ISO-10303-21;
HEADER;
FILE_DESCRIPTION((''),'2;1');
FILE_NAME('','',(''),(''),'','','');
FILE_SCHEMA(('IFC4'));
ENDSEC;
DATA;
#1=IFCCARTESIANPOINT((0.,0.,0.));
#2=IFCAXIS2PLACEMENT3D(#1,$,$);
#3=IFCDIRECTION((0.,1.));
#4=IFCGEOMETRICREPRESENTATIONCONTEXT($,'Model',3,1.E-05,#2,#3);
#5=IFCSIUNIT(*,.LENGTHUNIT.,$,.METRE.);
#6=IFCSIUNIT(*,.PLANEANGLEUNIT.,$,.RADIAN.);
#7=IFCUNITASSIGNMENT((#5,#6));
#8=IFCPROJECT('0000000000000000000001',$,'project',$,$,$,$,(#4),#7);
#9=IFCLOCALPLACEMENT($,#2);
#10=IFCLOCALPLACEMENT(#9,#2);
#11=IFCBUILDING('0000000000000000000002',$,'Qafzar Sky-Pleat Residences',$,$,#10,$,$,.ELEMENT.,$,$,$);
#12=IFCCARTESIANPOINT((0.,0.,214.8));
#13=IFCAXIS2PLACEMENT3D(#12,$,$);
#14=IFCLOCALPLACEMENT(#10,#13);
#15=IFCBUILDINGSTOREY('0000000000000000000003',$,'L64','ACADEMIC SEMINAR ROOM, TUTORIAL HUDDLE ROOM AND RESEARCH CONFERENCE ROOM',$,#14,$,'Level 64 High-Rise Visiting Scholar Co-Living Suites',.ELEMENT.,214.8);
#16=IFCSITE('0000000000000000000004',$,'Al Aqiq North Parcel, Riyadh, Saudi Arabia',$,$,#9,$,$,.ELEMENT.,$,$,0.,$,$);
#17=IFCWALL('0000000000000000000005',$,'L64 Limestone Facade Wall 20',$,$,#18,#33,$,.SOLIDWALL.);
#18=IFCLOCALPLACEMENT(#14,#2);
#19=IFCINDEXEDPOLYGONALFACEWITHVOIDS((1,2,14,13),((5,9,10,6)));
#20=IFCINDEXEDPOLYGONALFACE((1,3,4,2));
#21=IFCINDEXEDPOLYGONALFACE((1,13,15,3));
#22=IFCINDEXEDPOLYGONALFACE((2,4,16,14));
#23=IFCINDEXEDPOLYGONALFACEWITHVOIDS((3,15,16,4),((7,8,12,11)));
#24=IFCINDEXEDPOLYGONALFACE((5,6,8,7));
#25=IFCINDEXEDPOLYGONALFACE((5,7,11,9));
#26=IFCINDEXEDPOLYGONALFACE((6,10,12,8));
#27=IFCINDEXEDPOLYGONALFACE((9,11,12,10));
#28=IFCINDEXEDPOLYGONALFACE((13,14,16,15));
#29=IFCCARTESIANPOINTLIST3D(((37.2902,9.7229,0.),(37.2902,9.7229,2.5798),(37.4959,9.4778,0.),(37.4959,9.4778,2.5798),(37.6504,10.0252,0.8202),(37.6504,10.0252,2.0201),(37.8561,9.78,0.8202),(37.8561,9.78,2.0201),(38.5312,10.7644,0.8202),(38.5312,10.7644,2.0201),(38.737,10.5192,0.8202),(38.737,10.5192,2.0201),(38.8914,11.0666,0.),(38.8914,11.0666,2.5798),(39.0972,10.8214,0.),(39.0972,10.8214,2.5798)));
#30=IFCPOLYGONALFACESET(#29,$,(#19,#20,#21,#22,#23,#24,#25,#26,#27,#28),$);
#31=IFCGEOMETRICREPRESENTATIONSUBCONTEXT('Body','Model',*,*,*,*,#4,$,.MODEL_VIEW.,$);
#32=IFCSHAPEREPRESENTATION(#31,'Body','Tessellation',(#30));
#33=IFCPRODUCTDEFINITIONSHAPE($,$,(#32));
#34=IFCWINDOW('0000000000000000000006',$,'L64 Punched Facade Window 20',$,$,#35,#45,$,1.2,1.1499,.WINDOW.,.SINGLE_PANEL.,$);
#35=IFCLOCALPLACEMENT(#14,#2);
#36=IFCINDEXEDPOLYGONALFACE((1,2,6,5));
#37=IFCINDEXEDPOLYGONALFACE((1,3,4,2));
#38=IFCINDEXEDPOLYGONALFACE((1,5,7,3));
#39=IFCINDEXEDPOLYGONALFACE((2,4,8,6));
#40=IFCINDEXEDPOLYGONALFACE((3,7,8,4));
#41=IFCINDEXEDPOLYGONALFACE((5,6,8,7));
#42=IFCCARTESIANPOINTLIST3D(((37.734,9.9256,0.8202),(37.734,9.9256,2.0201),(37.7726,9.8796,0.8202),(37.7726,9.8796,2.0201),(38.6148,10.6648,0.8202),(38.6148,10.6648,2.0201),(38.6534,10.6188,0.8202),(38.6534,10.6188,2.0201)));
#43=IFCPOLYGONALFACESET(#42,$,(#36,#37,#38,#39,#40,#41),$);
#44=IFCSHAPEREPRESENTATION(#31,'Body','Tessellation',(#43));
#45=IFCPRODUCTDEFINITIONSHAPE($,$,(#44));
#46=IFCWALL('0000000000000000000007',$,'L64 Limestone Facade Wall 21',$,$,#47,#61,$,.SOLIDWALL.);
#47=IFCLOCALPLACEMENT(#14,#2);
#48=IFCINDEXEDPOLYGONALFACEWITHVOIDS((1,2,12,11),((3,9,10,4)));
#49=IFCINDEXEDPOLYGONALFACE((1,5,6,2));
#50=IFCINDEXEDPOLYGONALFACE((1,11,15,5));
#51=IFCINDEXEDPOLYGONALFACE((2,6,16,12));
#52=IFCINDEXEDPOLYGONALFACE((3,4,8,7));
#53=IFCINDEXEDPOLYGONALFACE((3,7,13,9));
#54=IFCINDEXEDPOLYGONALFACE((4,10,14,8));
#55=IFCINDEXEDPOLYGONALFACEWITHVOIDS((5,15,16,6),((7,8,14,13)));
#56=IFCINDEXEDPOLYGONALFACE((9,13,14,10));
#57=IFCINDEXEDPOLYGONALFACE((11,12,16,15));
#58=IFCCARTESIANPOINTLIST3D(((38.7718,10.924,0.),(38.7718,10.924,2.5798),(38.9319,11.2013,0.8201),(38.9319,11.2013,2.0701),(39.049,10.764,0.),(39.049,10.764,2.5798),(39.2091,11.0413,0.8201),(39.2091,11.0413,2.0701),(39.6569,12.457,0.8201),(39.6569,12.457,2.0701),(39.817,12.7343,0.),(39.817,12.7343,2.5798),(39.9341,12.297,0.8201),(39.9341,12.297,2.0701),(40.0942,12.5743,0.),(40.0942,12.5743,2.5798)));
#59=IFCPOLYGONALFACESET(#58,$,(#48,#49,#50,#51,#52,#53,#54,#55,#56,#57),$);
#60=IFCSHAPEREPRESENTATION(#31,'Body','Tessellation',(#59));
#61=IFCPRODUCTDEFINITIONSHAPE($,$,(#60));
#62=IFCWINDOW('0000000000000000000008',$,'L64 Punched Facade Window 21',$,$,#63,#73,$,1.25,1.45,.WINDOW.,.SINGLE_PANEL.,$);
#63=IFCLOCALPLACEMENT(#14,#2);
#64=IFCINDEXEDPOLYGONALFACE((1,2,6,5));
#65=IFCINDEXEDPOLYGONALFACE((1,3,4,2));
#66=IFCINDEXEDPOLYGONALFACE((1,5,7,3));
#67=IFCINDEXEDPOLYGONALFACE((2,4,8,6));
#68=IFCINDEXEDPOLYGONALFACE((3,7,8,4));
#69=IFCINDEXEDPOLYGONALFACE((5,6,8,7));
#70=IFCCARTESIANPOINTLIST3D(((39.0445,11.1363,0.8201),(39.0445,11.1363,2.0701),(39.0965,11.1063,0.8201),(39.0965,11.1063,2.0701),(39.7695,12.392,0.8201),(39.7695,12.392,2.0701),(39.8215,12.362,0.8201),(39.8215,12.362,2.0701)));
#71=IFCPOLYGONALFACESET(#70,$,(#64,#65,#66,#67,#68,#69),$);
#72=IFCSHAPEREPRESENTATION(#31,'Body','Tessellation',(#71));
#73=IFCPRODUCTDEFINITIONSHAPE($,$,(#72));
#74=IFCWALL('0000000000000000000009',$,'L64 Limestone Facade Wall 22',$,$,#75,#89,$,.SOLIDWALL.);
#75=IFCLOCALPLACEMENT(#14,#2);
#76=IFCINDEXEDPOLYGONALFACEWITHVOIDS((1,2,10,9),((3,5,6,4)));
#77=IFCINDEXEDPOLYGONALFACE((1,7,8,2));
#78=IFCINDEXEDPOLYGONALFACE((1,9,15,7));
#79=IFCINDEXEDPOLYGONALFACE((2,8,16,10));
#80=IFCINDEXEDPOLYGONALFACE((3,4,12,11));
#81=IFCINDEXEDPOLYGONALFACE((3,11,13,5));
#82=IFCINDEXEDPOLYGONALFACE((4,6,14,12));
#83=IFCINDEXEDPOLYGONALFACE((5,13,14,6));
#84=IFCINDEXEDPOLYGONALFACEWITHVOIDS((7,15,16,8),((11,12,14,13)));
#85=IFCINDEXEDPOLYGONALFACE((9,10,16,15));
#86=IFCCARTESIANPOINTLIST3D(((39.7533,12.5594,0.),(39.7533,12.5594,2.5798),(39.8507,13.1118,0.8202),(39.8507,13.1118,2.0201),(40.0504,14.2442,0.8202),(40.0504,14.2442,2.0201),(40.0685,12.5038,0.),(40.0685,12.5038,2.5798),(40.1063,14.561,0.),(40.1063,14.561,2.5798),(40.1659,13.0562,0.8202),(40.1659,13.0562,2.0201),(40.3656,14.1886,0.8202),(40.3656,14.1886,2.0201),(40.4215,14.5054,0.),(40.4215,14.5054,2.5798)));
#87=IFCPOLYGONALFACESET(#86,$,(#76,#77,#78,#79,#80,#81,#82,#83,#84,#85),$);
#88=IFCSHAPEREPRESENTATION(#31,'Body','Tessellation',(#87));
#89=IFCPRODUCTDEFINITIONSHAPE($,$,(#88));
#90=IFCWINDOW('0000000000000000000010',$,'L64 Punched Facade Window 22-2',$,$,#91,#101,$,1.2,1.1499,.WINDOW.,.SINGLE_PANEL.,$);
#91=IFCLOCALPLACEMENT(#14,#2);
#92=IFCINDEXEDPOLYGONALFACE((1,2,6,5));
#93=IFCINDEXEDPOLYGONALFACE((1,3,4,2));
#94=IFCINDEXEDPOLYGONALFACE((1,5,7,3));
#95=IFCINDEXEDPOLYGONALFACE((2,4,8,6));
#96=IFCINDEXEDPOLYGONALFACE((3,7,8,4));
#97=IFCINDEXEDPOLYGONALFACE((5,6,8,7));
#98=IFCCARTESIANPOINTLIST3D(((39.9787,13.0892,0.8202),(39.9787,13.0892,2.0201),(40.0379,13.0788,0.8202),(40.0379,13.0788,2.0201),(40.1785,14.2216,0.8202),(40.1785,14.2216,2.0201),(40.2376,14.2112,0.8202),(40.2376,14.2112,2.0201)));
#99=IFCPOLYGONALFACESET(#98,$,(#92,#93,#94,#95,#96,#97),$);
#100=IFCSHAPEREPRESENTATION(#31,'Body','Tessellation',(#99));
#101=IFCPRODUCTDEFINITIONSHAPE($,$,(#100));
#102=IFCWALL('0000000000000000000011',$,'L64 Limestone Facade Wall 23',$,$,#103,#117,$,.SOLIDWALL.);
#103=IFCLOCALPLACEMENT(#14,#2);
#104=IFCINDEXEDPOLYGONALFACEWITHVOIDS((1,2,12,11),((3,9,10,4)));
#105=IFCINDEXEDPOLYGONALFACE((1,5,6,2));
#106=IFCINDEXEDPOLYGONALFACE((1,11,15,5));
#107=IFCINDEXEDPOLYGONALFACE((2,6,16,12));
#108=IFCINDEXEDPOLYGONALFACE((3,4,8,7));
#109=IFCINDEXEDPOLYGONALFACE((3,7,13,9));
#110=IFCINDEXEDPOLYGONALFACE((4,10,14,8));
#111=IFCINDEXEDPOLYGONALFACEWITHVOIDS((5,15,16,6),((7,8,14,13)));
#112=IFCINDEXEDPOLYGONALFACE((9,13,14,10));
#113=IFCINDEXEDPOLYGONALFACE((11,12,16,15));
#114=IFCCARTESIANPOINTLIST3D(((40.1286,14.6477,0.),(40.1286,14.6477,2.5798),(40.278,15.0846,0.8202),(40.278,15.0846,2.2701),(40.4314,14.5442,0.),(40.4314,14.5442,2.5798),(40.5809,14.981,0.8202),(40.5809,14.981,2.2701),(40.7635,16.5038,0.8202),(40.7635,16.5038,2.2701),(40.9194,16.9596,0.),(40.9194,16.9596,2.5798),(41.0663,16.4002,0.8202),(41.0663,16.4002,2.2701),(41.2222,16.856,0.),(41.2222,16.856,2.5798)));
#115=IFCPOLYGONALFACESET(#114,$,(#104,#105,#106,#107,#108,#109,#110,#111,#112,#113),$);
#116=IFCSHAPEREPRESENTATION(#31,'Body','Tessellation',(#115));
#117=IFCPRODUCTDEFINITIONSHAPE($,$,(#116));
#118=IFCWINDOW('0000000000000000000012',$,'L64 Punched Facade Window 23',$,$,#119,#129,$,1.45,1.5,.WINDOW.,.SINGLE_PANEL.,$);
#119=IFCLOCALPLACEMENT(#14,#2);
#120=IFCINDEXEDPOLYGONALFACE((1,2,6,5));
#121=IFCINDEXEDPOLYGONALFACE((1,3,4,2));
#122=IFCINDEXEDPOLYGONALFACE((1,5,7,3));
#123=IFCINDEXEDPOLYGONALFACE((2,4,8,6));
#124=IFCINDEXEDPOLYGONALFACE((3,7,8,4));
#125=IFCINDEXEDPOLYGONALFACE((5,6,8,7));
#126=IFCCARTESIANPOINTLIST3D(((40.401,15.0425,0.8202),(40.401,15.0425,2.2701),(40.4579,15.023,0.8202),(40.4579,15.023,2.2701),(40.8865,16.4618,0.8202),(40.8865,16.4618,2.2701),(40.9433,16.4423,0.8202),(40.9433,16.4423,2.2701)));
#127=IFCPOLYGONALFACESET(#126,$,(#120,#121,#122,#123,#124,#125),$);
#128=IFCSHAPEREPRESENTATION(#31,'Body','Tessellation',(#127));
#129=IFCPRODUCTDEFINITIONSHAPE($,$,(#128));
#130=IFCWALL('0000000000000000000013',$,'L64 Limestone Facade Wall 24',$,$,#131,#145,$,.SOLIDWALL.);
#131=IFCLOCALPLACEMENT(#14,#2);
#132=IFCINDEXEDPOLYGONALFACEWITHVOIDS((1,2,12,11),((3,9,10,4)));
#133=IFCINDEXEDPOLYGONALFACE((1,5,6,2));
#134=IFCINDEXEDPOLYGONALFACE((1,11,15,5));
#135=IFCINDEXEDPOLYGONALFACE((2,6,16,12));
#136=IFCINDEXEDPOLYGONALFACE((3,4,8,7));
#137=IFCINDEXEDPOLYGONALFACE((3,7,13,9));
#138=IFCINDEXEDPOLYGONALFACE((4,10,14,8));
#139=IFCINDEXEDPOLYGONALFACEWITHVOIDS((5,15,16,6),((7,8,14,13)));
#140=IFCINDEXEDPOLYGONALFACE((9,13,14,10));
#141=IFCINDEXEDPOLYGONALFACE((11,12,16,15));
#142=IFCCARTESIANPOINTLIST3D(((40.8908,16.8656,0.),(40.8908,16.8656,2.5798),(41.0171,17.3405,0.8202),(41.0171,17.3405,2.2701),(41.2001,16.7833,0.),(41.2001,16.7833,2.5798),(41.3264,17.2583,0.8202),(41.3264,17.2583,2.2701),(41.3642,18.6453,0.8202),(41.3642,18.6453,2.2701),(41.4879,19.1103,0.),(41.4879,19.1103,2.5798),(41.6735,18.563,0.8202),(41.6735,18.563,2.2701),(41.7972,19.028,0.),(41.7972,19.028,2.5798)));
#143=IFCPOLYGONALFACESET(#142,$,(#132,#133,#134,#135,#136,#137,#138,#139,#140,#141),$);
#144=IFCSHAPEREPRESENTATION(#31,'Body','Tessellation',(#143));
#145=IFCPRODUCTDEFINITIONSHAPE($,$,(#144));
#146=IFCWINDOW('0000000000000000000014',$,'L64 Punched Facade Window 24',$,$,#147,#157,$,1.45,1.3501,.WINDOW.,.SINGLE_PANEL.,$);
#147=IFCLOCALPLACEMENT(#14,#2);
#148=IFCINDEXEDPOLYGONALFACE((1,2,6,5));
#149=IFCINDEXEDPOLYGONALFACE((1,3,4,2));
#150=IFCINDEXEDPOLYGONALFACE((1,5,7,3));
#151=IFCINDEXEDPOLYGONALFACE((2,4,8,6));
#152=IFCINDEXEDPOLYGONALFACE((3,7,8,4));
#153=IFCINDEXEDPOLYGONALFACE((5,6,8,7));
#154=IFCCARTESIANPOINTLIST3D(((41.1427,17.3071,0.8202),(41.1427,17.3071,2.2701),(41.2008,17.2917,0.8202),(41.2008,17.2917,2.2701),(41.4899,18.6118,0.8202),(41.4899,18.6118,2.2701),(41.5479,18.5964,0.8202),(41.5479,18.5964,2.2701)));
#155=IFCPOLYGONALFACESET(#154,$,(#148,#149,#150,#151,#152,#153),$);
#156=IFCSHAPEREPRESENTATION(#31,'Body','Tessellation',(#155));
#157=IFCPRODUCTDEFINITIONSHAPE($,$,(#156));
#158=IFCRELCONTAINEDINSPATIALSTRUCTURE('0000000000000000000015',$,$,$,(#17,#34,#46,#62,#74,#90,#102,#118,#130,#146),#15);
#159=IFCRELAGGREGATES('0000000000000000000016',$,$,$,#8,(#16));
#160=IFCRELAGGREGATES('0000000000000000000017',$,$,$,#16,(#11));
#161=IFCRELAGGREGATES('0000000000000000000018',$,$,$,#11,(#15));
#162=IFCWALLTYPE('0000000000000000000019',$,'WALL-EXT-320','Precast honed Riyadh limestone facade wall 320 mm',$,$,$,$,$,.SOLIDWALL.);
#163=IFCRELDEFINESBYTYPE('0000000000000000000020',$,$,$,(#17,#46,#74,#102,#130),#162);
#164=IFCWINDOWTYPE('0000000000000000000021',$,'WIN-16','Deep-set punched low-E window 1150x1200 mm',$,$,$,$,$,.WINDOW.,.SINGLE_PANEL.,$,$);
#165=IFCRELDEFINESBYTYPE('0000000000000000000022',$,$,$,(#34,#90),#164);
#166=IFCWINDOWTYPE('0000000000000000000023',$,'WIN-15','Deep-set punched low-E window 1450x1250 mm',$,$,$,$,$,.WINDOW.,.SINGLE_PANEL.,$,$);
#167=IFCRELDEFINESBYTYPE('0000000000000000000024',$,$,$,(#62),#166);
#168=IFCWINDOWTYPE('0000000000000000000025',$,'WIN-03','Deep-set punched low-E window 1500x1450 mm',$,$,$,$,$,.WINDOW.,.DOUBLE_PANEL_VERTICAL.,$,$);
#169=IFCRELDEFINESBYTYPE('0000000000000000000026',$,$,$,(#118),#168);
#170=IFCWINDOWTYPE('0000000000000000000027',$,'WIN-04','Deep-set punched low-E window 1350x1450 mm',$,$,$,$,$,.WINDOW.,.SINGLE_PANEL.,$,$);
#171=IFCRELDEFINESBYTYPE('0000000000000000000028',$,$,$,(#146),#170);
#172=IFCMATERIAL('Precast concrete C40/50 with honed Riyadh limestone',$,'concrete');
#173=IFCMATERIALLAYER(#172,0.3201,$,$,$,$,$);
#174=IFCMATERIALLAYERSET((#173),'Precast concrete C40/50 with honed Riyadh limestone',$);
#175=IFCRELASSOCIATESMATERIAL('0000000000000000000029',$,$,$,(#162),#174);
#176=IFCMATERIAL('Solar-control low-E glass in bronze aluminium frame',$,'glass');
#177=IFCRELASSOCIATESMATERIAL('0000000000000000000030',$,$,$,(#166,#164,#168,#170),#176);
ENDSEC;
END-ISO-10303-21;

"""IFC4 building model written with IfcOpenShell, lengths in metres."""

from ifc_helpers import new_model, si_unit, direction, frame, frame_2d, origin, place, context, subcontext, project, spatial, rectangle, extrude, source, transform, mapped, material, layer, layer_set, type_object, element, fill, save


model = new_model("IFC4")

# Units and contexts
model_context = context("Model", 3, precision=1e-05, world=origin(), true_north=direction((0.0, 1.0)))
body_context = subcontext(model_context, "Body", "Model", "MODEL_VIEW")
ifc_project = project(units=[si_unit("LENGTHUNIT", "METRE"), si_unit("PLANEANGLEUNIT", "RADIAN")], contexts=[model_context])

# Site, building, storey
site_placement = place(None, origin())
site = spatial("IfcSite", under=ifc_project, at=site_placement, Name="Al Aqiq North Parcel, Riyadh, Saudi Arabia", CompositionType="ELEMENT", RefElevation=0.0)
building_placement = place(site_placement, origin())
building = spatial("IfcBuilding", under=site, at=building_placement, Name="Qafzar Sky-Pleat Residences", CompositionType="ELEMENT")
storey_placement = place(building_placement, frame((0.0, 0.0, 214.8)))
storey = spatial("IfcBuildingStorey", under=building, at=storey_placement, Name="L64", Description="ACADEMIC SEMINAR ROOM, TUTORIAL HUDDLE ROOM AND RESEARCH CONFERENCE ROOM", LongName="Level 64 High-Rise Visiting Scholar Co-Living Suites", CompositionType="ELEMENT", Elevation=214.8)

# Walls, openings, windows
ifc_material_1 = material(Name="Precast concrete C40/50 with honed Riyadh limestone", Category="concrete")
ifc_layer_1 = layer(ifc_material_1, 0.3201)
ifc_layer_set_1 = layer_set([ifc_layer_1], Name="Precast concrete C40/50 with honed Riyadh limestone")
wall_type_1 = type_object("IfcWallType", Name="WALL-EXT-320", Description="Precast honed Riyadh limestone facade wall 320 mm", PredefinedType="SOLIDWALL", material=ifc_layer_set_1)
ifc_material_2 = material(Name="Solar-control low-E glass in bronze aluminium frame", Category="glass")
window_type_1 = type_object("IfcWindowType", Name="WIN-15", Description="Deep-set punched low-E window 1450x1250 mm", PartitioningType="SINGLE_PANEL", PredefinedType="WINDOW", material=ifc_material_2)
shared_shape_1 = source(origin(), body_context, "Body", "SweptSolid", [
    extrude(rectangle(XDim=1.45, YDim=1.25, at=frame_2d((0.7251, 0.625))), frame((0.0, 0.03, 0.0), z_axis=(0.0, -1.0, 0.0), x_axis=(1.0, 0.0, 0.0)), (0.0, 0.0, 1.0), 0.0601),
])
wall_1_placement = place(storey_placement, frame((37.3931, 9.6003, 0.0), z_axis=(0.0, 0.0, 1.0), x_axis=(0.766025, 0.642811, 0.0)))
wall_1 = element("IfcWall", 1, at=wall_1_placement, inside=storey, type_object=wall_type_1, Name="L64 Limestone Facade Wall 20", PredefinedType="SOLIDWALL", context=body_context, shape_type="SweptSolid", body=[
    extrude(rectangle(XDim=2.0903, YDim=0.3201, at=frame_2d((1.0452, 0.0))), origin(), (0.0, 0.0, 1.0), 2.5798),
])
opening_1_placement = place(wall_1_placement, frame((0.4702, 0.0, 0.8201)))
opening_1 = element("IfcOpeningElement", 2, at=opening_1_placement, cuts=wall_1, PredefinedType="OPENING", context=body_context, shape_type="SweptSolid", body=[
    extrude(rectangle(XDim=1.1499, YDim=1.2, at=frame_2d((0.575, 0.6001))), frame((0.0, 0.1699, 0.0), z_axis=(0.0, -1.0, 0.0), x_axis=(1.0, 0.0, 0.0)), (0.0, 0.0, 1.0), 0.3401),
])
window_type_2 = type_object("IfcWindowType", Name="WIN-16", Description="Deep-set punched low-E window 1150x1200 mm", PartitioningType="SINGLE_PANEL", PredefinedType="WINDOW", material=ifc_material_2)
shared_shape_2 = source(origin(), body_context, "Body", "SweptSolid", [
    extrude(rectangle(XDim=1.1499, YDim=1.2, at=frame_2d((0.575, 0.6001))), frame((0.0, 0.03, 0.0), z_axis=(0.0, -1.0, 0.0), x_axis=(1.0, 0.0, 0.0)), (0.0, 0.0, 1.0), 0.0601),
])
window_1_placement = place(opening_1_placement, origin())
window_1 = element("IfcWindow", 3, at=window_1_placement, inside=storey, type_object=window_type_2, Name="L64 Punched Facade Window 20", OverallHeight=1.2, OverallWidth=1.1499, PartitioningType="SINGLE_PANEL", PredefinedType="WINDOW", context=body_context, shape_type="MappedRepresentation", body=[
    mapped(shared_shape_2, transform((0.0, 0.0, 0.0), x_axis=(1.0, 0.0, 0.0), y_axis=(0.0, 1.0, 0.0), z_axis=(0.0, 0.0, 1.0), scale=1.0)),
])
fill(opening_1, window_1)
wall_2_placement = place(storey_placement, frame((38.9104, 10.844, 0.0), z_axis=(0.0, 0.0, 1.0), x_axis=(0.499995, 0.866028, 0.0)))
wall_2 = element("IfcWall", 4, at=wall_2_placement, inside=storey, type_object=wall_type_1, Name="L64 Limestone Facade Wall 21", PredefinedType="SOLIDWALL", context=body_context, shape_type="SweptSolid", body=[
    extrude(rectangle(XDim=2.0903, YDim=0.3201, at=frame_2d((1.0452, 0.0))), origin(), (0.0, 0.0, 1.0), 2.5798),
])
opening_2_placement = place(wall_2_placement, frame((0.3201, 0.0, 0.8201)))
opening_2 = element("IfcOpeningElement", 5, at=opening_2_placement, cuts=wall_2, PredefinedType="OPENING", context=body_context, shape_type="SweptSolid", body=[
    extrude(rectangle(XDim=1.45, YDim=1.25, at=frame_2d((0.7251, 0.625))), frame((0.0, 0.1699, 0.0), z_axis=(0.0, -1.0, 0.0), x_axis=(1.0, 0.0, 0.0)), (0.0, 0.0, 1.0), 0.3401),
])
window_2_placement = place(opening_2_placement, origin())
window_2 = element("IfcWindow", 6, at=window_2_placement, inside=storey, type_object=window_type_1, Name="L64 Punched Facade Window 21", OverallHeight=1.25, OverallWidth=1.45, PartitioningType="SINGLE_PANEL", PredefinedType="WINDOW", context=body_context, shape_type="MappedRepresentation", body=[
    mapped(shared_shape_1, transform((0.0, 0.0, 0.0), x_axis=(1.0, 0.0, 0.0), y_axis=(0.0, 1.0, 0.0), z_axis=(0.0, 0.0, 1.0), scale=1.0)),
])
fill(opening_2, window_2)
wall_3_placement = place(storey_placement, frame((39.9109, 12.5317, 0.0), z_axis=(0.0, 0.0, 1.0), x_axis=(0.173703, 0.984798, 0.0)))
wall_3 = element("IfcWall", 7, at=wall_3_placement, inside=storey, type_object=wall_type_1, Name="L64 Limestone Facade Wall 22", PredefinedType="SOLIDWALL", context=body_context, shape_type="SweptSolid", body=[
    extrude(rectangle(XDim=2.0325, YDim=0.3201, at=frame_2d((1.0161, 0.0))), origin(), (0.0, 0.0, 1.0), 2.5798),
])
opening_3_placement = place(wall_3_placement, frame((0.5608, 0.0, 0.8201)))
opening_3 = element("IfcOpeningElement", 8, at=opening_3_placement, cuts=wall_3, PredefinedType="OPENING", context=body_context, shape_type="SweptSolid", body=[
    extrude(rectangle(XDim=1.1499, YDim=1.2, at=frame_2d((0.575, 0.6001))), frame((0.0, 0.1699, 0.0), z_axis=(0.0, -1.0, 0.0), x_axis=(1.0, 0.0, 0.0)), (0.0, 0.0, 1.0), 0.3401),
])
window_3_placement = place(opening_3_placement, origin())
window_3 = element("IfcWindow", 9, at=window_3_placement, inside=storey, type_object=window_type_2, Name="L64 Punched Facade Window 22-2", OverallHeight=1.2, OverallWidth=1.1499, PartitioningType="SINGLE_PANEL", PredefinedType="WINDOW", context=body_context, shape_type="MappedRepresentation", body=[
    mapped(shared_shape_2, transform((0.0, 0.0, 0.0), x_axis=(1.0, 0.0, 0.0), y_axis=(0.0, 1.0, 0.0), z_axis=(0.0, 0.0, 1.0), scale=1.0)),
])
fill(opening_3, window_3)
wall_4_placement = place(storey_placement, frame((40.28, 14.5959, 0.0), z_axis=(0.0, 0.0, 1.0), x_axis=(0.323652, 0.946176, 0.0)))
wall_4 = element("IfcWall", 10, at=wall_4_placement, inside=storey, type_object=wall_type_1, Name="L64 Limestone Facade Wall 23", PredefinedType="SOLIDWALL", context=body_context, shape_type="SweptSolid", body=[
    extrude(rectangle(XDim=2.4434, YDim=0.3201, at=frame_2d((1.2217, 0.0))), origin(), (0.0, 0.0, 1.0), 2.5798),
])
opening_4_placement = place(wall_4_placement, frame((0.4617, 0.0, 0.8201)))
opening_4 = element("IfcOpeningElement", 11, at=opening_4_placement, cuts=wall_4, PredefinedType="OPENING", context=body_context, shape_type="SweptSolid", body=[
    extrude(rectangle(XDim=1.5, YDim=1.45, at=frame_2d((0.75, 0.7251))), frame((0.0, 0.1699, 0.0), z_axis=(0.0, -1.0, 0.0), x_axis=(1.0, 0.0, 0.0)), (0.0, 0.0, 1.0), 0.3401),
])
window_type_3 = type_object("IfcWindowType", Name="WIN-03", Description="Deep-set punched low-E window 1500x1450 mm", PartitioningType="DOUBLE_PANEL_VERTICAL", PredefinedType="WINDOW", material=ifc_material_2)
shared_shape_3 = source(origin(), body_context, "Body", "SweptSolid", [
    extrude(rectangle(XDim=1.5, YDim=1.45, at=frame_2d((0.75, 0.7251))), frame((0.0, 0.03, 0.0), z_axis=(0.0, -1.0, 0.0), x_axis=(1.0, 0.0, 0.0)), (0.0, 0.0, 1.0), 0.0601),
])
window_4_placement = place(opening_4_placement, origin())
window_4 = element("IfcWindow", 12, at=window_4_placement, inside=storey, type_object=window_type_3, Name="L64 Punched Facade Window 23", OverallHeight=1.45, OverallWidth=1.5, PartitioningType="SINGLE_PANEL", PredefinedType="WINDOW", context=body_context, shape_type="MappedRepresentation", body=[
    mapped(shared_shape_3, transform((0.0, 0.0, 0.0), x_axis=(1.0, 0.0, 0.0), y_axis=(0.0, 1.0, 0.0), z_axis=(0.0, 0.0, 1.0), scale=1.0)),
])
fill(opening_4, window_4)
wall_5_placement = place(storey_placement, frame((41.0454, 16.8245, 0.0), z_axis=(0.0, 0.0, 1.0), x_axis=(0.2571, 0.966385, 0.0)))
wall_5 = element("IfcWall", 13, at=wall_5_placement, inside=storey, type_object=wall_type_1, Name="L64 Limestone Facade Wall 24", PredefinedType="SOLIDWALL", context=body_context, shape_type="SweptSolid", body=[
    extrude(rectangle(XDim=2.3228, YDim=0.3201, at=frame_2d((1.1614, 0.0))), origin(), (0.0, 0.0, 1.0), 2.5798),
])
opening_5_placement = place(wall_5_placement, frame((0.4915, 0.0, 0.8201)))
opening_5 = element("IfcOpeningElement", 14, at=opening_5_placement, cuts=wall_5, PredefinedType="OPENING", context=body_context, shape_type="SweptSolid", body=[
    extrude(rectangle(XDim=1.3501, YDim=1.45, at=frame_2d((0.675, 0.7251))), frame((0.0, 0.1699, 0.0), z_axis=(0.0, -1.0, 0.0), x_axis=(1.0, 0.0, 0.0)), (0.0, 0.0, 1.0), 0.3401),
])
window_type_4 = type_object("IfcWindowType", Name="WIN-04", Description="Deep-set punched low-E window 1350x1450 mm", PartitioningType="SINGLE_PANEL", PredefinedType="WINDOW", material=ifc_material_2)
shared_shape_4 = source(origin(), body_context, "Body", "SweptSolid", [
    extrude(rectangle(XDim=1.3501, YDim=1.45, at=frame_2d((0.675, 0.7251))), frame((0.0, 0.03, 0.0), z_axis=(0.0, -1.0, 0.0), x_axis=(1.0, 0.0, 0.0)), (0.0, 0.0, 1.0), 0.0601),
])
window_5_placement = place(opening_5_placement, origin())
window_5 = element("IfcWindow", 15, at=window_5_placement, inside=storey, type_object=window_type_4, Name="L64 Punched Facade Window 24", OverallHeight=1.45, OverallWidth=1.3501, PartitioningType="SINGLE_PANEL", PredefinedType="WINDOW", context=body_context, shape_type="MappedRepresentation", body=[
    mapped(shared_shape_4, transform((0.0, 0.0, 0.0), x_axis=(1.0, 0.0, 0.0), y_axis=(0.0, 1.0, 0.0), z_axis=(0.0, 0.0, 1.0), scale=1.0)),
])
fill(opening_5, window_5)

save(model, "model.ifc")
